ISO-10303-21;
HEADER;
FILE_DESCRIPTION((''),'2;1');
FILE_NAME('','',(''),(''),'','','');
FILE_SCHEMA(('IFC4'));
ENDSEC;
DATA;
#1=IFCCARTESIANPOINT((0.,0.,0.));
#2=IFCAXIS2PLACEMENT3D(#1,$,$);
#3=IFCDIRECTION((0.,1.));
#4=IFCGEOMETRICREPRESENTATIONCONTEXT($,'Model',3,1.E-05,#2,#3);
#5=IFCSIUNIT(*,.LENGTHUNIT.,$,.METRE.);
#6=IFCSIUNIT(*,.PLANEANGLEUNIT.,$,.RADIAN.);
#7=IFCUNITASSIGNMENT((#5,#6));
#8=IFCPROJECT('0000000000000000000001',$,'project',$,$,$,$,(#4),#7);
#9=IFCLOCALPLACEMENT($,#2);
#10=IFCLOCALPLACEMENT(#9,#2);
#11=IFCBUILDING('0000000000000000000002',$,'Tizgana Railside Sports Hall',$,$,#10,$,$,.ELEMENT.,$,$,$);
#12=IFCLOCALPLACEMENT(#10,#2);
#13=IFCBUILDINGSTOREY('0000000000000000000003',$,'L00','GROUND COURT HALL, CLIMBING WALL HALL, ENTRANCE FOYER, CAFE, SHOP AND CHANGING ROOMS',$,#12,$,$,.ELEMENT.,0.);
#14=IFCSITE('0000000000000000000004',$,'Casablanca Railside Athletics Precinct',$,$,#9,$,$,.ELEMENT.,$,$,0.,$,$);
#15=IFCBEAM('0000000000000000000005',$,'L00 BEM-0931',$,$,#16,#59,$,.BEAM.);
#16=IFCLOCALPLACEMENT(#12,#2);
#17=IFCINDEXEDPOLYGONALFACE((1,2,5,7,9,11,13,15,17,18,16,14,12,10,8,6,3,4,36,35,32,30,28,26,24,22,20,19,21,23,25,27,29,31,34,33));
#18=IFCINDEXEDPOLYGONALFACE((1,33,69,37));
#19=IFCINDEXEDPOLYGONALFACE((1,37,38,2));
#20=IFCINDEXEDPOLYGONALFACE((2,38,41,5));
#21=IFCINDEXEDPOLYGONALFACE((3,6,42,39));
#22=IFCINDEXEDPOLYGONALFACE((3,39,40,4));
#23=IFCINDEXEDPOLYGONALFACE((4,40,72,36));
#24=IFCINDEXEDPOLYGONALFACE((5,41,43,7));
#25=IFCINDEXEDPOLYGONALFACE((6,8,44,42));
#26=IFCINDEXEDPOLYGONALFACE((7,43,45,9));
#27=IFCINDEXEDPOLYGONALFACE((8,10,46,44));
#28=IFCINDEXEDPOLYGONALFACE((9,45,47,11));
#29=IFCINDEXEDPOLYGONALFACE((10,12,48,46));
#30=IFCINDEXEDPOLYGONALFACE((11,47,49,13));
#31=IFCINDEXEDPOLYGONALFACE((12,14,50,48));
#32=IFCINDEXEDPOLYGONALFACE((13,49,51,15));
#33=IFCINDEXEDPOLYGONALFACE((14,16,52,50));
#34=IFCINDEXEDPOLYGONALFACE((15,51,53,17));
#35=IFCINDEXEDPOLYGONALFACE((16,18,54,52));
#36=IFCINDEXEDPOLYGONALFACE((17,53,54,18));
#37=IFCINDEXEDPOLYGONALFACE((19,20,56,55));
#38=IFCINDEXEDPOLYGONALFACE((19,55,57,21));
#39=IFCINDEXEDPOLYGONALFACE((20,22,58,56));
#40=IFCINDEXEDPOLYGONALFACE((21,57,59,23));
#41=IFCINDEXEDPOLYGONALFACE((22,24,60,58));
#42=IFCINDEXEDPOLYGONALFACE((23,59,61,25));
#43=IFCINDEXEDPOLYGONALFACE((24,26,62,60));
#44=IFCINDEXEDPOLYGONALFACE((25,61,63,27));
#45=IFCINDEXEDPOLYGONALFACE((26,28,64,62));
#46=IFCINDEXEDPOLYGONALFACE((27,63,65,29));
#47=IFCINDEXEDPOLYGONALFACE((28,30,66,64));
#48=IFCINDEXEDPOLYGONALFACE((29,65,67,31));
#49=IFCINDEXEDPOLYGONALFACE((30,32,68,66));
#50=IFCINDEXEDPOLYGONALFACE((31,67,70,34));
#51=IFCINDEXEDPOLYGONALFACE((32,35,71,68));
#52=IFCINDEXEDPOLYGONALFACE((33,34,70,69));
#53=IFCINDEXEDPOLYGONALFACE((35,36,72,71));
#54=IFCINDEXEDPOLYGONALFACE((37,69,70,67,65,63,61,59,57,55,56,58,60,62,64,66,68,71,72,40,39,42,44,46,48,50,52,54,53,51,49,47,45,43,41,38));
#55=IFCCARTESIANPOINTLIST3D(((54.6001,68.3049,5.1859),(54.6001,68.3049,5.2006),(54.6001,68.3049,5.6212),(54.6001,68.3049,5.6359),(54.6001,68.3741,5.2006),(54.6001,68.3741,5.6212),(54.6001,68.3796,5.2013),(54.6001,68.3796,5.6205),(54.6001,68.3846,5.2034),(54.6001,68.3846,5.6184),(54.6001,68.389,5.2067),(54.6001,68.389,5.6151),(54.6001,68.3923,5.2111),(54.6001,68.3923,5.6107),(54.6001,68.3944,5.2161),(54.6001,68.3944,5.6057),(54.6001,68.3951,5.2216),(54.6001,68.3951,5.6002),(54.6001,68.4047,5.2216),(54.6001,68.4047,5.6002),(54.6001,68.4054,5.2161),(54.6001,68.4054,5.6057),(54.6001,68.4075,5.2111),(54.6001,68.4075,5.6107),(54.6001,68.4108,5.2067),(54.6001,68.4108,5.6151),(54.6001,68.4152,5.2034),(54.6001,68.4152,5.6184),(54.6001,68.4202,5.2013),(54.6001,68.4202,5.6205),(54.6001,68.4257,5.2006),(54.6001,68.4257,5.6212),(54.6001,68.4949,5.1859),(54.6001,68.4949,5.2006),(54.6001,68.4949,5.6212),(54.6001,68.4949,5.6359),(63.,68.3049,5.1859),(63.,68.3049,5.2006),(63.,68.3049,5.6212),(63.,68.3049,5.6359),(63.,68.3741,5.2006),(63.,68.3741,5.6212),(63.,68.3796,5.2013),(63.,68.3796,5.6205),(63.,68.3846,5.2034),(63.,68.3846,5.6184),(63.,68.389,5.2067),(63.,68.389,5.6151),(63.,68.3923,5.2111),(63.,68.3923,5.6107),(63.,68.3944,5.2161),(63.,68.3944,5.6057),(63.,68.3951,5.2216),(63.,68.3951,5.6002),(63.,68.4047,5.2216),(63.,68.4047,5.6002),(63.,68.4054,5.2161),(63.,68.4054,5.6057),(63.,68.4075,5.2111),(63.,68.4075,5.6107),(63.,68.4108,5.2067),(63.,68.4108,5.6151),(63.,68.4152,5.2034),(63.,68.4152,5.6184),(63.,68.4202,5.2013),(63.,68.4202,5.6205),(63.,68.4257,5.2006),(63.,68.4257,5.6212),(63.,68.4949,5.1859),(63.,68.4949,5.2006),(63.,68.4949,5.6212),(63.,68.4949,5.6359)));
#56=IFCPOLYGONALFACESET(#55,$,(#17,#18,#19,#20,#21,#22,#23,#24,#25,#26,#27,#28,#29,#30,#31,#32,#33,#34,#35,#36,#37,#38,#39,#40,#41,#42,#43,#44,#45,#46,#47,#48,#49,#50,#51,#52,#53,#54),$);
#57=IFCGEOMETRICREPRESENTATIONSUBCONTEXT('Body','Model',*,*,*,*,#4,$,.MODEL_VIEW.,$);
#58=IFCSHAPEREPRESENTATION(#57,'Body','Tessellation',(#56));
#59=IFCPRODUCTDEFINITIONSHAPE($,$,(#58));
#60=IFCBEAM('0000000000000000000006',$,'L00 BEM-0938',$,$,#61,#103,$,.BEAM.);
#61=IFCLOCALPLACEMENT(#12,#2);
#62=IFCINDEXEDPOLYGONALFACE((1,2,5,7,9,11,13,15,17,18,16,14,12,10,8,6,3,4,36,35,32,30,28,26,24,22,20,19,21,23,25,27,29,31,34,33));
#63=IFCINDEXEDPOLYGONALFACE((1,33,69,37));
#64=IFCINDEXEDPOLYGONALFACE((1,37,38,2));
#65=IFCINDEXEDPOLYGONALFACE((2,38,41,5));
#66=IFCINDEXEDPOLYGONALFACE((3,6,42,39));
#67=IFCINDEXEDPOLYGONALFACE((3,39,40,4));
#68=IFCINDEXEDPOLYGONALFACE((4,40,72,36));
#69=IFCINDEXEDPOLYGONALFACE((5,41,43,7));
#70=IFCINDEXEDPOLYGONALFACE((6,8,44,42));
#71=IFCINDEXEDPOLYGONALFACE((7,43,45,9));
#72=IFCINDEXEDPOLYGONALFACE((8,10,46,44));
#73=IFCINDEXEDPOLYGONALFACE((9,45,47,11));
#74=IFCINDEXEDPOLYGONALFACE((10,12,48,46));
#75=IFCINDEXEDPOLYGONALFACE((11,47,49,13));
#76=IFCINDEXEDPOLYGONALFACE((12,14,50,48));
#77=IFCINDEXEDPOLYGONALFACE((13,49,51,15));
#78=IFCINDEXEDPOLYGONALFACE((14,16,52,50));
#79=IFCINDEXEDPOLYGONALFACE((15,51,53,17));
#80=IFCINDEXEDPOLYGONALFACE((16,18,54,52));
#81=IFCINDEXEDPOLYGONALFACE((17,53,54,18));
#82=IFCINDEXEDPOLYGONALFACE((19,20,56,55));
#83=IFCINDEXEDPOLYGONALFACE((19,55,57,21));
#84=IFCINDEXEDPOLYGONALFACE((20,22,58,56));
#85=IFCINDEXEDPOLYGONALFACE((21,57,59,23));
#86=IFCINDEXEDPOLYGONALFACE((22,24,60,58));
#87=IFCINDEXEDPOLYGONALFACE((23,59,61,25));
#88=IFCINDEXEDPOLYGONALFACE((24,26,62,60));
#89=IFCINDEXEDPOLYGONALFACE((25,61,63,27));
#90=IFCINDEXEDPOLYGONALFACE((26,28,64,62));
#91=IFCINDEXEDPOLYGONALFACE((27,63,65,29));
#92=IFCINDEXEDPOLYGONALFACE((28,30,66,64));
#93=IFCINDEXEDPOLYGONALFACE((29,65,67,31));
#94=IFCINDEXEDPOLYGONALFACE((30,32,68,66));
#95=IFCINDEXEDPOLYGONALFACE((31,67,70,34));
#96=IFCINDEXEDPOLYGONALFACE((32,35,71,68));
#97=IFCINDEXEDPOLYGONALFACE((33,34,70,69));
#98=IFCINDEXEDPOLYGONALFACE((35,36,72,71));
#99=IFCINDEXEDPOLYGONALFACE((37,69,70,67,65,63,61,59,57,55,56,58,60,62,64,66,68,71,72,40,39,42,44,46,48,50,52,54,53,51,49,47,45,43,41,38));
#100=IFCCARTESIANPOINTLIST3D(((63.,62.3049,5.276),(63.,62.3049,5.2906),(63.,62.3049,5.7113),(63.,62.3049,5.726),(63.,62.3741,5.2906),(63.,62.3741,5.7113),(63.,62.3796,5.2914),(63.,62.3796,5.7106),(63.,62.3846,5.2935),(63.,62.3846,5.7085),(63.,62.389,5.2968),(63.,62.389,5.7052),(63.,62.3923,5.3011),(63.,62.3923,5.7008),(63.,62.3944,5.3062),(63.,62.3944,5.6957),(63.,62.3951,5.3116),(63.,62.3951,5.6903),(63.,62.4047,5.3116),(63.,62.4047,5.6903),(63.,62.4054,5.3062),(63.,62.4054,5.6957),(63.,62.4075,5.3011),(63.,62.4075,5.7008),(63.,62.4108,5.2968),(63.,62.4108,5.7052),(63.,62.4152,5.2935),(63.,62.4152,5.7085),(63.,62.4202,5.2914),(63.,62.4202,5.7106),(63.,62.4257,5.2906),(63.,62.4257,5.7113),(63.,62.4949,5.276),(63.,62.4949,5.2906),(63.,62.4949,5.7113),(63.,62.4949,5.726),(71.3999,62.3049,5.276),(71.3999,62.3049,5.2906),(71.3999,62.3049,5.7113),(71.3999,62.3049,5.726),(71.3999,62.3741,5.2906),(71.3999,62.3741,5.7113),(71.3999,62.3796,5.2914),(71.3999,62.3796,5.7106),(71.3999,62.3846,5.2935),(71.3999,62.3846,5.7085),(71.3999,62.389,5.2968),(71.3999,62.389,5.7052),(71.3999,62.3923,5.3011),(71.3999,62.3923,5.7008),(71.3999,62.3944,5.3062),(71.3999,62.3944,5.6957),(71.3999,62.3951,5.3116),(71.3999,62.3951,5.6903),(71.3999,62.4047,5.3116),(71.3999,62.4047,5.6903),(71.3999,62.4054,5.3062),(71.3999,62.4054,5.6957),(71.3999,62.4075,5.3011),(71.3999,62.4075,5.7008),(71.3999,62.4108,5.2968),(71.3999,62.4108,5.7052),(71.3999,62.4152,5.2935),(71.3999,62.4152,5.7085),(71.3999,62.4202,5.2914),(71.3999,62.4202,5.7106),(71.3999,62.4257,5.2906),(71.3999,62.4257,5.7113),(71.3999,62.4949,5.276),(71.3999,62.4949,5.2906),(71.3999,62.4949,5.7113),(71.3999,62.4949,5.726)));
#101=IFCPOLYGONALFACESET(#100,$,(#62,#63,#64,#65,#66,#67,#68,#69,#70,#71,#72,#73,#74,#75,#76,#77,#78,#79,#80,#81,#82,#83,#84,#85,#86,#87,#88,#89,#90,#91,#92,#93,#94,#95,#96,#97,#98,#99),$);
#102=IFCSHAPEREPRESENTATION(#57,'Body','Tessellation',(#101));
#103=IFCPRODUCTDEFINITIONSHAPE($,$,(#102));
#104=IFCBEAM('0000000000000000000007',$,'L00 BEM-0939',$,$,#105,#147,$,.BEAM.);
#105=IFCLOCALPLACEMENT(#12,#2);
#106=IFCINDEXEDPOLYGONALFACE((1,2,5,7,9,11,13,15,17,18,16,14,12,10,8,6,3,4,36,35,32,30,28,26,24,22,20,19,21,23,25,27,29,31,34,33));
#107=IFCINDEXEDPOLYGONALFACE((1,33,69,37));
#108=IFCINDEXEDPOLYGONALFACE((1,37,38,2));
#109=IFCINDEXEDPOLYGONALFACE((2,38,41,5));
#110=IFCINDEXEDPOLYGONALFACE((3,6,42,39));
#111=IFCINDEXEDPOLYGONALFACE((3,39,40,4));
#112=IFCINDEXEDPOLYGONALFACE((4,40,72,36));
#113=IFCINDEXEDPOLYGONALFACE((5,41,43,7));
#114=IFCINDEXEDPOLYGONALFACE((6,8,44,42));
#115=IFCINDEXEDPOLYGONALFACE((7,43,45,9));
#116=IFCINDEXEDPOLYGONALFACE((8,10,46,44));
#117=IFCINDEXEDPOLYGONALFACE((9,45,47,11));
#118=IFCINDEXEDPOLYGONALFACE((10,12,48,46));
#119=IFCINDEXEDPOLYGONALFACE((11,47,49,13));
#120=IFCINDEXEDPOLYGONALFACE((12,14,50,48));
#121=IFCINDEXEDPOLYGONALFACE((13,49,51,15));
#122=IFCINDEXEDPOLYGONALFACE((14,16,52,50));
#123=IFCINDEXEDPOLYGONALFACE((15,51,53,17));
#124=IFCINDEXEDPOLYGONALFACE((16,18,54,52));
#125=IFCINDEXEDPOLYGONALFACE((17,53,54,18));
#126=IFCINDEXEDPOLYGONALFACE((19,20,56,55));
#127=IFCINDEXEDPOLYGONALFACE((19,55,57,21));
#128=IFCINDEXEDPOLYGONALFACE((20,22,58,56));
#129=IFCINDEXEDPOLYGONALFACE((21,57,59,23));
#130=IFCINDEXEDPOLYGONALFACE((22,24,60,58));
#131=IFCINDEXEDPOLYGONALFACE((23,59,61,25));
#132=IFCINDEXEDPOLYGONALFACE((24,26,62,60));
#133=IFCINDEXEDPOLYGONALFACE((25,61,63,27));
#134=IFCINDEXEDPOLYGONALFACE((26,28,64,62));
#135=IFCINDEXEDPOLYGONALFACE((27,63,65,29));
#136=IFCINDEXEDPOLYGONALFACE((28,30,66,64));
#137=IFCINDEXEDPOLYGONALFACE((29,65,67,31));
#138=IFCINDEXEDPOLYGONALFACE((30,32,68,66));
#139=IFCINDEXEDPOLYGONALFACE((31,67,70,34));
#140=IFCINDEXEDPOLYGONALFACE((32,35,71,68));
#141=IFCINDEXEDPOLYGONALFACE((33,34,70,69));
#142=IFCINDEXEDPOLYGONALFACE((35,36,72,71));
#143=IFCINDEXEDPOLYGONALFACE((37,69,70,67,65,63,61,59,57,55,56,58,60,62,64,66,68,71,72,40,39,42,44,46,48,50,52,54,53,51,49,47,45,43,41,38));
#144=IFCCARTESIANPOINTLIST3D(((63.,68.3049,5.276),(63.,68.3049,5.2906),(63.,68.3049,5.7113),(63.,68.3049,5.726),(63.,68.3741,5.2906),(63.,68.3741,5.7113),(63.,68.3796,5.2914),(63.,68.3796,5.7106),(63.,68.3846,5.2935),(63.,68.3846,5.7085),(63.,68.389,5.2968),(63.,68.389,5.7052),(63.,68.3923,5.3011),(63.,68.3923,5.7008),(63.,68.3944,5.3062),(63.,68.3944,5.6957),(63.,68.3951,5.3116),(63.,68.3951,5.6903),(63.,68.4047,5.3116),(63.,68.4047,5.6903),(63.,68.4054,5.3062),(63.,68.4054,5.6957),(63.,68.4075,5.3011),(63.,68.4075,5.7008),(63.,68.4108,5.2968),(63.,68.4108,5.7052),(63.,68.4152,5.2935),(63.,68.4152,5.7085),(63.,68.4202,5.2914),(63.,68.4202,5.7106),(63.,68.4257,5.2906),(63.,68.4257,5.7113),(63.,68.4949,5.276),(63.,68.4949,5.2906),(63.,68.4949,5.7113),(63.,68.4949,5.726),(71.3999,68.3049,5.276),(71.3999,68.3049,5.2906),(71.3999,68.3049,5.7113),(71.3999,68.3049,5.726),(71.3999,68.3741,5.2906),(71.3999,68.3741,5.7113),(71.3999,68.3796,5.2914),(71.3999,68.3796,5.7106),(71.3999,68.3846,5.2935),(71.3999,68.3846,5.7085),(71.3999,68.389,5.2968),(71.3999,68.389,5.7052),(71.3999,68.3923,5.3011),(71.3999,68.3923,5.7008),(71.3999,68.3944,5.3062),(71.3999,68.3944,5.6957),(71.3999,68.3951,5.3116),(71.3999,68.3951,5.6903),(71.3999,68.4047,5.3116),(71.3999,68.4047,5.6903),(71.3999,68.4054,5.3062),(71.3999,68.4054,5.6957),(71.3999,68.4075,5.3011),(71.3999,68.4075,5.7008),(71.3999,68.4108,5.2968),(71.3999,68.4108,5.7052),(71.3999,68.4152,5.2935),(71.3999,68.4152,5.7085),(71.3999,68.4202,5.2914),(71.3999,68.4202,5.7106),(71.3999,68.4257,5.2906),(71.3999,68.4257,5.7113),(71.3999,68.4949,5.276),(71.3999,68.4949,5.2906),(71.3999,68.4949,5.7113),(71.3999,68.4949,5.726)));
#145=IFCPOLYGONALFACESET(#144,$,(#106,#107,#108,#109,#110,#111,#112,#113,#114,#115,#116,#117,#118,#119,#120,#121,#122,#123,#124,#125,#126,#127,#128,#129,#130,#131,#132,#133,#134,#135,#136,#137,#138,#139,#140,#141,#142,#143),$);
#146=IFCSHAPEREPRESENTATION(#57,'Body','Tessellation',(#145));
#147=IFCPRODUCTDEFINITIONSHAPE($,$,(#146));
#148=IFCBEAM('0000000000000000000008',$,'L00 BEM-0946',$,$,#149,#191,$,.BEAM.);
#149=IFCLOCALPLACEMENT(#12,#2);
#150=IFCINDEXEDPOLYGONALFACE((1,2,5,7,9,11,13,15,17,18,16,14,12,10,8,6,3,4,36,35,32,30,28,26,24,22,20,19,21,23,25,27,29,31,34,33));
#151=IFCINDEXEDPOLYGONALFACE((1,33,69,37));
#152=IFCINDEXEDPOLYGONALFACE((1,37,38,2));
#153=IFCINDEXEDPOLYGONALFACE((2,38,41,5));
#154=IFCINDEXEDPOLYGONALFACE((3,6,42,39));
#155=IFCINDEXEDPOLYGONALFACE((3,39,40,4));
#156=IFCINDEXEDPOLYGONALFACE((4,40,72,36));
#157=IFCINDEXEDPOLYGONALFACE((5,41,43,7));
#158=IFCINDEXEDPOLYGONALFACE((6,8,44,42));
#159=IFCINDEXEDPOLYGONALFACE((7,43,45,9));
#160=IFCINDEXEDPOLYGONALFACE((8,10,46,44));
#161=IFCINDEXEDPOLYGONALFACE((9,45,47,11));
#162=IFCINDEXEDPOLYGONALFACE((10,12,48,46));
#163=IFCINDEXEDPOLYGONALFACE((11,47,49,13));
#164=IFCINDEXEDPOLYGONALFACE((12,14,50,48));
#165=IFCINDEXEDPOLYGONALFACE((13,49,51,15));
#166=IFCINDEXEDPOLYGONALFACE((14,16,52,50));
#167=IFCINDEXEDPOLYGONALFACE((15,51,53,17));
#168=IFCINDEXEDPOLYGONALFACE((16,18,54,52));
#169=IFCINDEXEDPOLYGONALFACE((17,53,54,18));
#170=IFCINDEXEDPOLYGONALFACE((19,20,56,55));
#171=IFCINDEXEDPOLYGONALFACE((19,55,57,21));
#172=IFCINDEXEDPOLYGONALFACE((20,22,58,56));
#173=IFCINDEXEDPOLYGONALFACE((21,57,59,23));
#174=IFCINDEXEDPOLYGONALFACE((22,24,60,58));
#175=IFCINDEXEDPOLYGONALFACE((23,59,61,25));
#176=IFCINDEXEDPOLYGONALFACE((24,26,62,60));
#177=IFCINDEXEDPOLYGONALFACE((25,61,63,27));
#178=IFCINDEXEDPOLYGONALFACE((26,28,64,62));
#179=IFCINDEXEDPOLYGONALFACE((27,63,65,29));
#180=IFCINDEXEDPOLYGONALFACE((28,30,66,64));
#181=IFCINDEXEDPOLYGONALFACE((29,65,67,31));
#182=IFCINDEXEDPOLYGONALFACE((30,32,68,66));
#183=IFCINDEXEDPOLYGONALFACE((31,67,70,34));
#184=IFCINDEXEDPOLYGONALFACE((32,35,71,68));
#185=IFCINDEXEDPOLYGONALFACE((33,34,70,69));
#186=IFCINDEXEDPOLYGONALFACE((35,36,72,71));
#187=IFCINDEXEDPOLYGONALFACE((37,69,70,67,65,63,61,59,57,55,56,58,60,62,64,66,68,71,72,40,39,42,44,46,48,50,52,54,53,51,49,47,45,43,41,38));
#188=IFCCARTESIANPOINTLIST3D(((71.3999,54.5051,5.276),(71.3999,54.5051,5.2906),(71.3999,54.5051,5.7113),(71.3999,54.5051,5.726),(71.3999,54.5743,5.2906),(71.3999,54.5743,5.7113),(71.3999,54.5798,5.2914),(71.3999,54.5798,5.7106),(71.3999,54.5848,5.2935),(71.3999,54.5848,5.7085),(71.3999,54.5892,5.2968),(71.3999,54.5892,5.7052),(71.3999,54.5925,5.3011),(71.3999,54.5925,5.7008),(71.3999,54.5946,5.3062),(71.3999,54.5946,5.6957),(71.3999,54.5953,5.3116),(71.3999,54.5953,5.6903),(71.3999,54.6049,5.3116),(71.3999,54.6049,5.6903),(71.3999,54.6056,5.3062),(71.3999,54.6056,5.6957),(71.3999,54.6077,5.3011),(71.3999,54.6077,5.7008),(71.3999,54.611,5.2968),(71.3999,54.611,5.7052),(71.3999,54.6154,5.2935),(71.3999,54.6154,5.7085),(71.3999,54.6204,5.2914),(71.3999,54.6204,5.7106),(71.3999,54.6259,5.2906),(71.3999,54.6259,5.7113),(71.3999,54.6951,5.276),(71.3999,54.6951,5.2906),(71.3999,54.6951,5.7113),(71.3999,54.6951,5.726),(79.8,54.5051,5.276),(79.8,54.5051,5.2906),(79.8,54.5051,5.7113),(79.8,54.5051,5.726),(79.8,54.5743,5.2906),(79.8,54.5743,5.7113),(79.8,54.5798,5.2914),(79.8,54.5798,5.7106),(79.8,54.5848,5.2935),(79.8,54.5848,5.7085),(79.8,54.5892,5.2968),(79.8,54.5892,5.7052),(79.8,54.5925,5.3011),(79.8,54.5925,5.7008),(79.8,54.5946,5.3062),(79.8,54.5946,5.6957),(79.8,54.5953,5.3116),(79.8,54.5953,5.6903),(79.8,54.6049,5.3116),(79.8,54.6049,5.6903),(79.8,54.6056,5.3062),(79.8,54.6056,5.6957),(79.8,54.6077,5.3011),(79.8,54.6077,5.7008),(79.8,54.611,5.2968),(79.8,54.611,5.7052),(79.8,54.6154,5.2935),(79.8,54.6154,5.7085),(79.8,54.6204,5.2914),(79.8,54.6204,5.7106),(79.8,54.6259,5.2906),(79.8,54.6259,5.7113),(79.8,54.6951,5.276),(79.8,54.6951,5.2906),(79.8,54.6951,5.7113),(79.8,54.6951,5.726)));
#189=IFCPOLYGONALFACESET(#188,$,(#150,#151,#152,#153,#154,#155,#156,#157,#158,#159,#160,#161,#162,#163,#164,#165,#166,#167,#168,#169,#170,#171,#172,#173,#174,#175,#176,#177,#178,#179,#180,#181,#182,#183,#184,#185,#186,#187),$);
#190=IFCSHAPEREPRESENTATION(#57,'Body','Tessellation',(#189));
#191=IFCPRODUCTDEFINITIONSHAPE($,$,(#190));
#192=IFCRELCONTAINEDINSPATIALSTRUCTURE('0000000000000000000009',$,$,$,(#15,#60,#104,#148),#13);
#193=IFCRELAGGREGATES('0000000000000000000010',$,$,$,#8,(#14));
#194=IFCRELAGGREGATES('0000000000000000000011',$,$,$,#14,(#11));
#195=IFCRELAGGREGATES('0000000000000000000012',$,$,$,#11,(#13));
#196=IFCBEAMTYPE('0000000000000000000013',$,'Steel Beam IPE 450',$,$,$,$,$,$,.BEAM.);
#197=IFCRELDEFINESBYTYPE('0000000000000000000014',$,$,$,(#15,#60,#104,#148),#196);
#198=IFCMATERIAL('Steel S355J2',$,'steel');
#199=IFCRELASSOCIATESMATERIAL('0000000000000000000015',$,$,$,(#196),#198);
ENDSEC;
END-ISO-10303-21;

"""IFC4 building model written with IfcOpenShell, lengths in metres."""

from ifc_helpers import new_model, si_unit, direction, frame, origin, origin_2d, place, context, subcontext, project, spatial, i_section, extrude, material, material_profile, profile_set, type_object, element, save


model = new_model("IFC4")

# Units and contexts
model_context = context("Model", 3, precision=1e-05, world=origin(), true_north=direction((0.0, 1.0)))
body_context = subcontext(model_context, "Body", "Model", "MODEL_VIEW")
ifc_project = project(units=[si_unit("LENGTHUNIT", "METRE"), si_unit("PLANEANGLEUNIT", "RADIAN")], contexts=[model_context])

# Site, building, storey
site_placement = place(None, origin())
site = spatial("IfcSite", under=ifc_project, at=site_placement, Name="Casablanca Railside Athletics Precinct", CompositionType="ELEMENT", RefElevation=0.0)
building_placement = place(site_placement, origin())
building = spatial("IfcBuilding", under=site, at=building_placement, Name="Tizgana Railside Sports Hall", CompositionType="ELEMENT")
storey_placement = place(building_placement, origin())
storey = spatial("IfcBuildingStorey", under=building, at=storey_placement, Name="L00", Description="GROUND COURT HALL, CLIMBING WALL HALL, ENTRANCE FOYER, CAFE, SHOP AND CHANGING ROOMS", CompositionType="ELEMENT", Elevation=0.0)

# Shared definitions
ifc_material_1 = material(Name="Steel S355J2", Category="steel")

# Beams
ifc_material_profile_1 = material_profile(ifc_material_1, i_section(OverallWidth=0.1899, OverallDepth=0.45, WebThickness=0.0095, FlangeThickness=0.0146, FilletRadius=0.021, at=origin_2d()), Name="IPE 450")
ifc_profile_set_1 = profile_set([ifc_material_profile_1], Name="Steel S355J2")
beam_type_1 = type_object("IfcBeamType", Name="Steel Beam IPE 450", PredefinedType="BEAM", material=ifc_profile_set_1)
for number, where, z_axis, x_axis, name in (
    (1, (54.6001, 68.3999, 5.4109), (1.0, 0.0, 0.0), (0.0, 1.0, 0.0), "L00 BEM-0931"),
    (2, (63.0, 62.3999, 5.501), (1.0, 0.0, 0.0), (0.0, 1.0, 0.0), "L00 BEM-0938"),
    (3, (63.0, 68.3999, 5.501), (1.0, 0.0, 0.0), (0.0, 1.0, 0.0), "L00 BEM-0939"),
):
    element("IfcBeam", number, at=place(storey_placement, frame(where, z_axis=z_axis, x_axis=x_axis)), inside=storey, type_object=beam_type_1, Name=name, PredefinedType="BEAM", context=body_context, shape_type="SweptSolid", body=[
        extrude(i_section(OverallWidth=0.1899, OverallDepth=0.45, WebThickness=0.0095, FlangeThickness=0.0146, FilletRadius=0.021, at=origin_2d()), origin(), (0.0, 0.0, 1.0), 8.3999),
    ])
for number, where, z_axis, x_axis, name in (
    (4, (71.3999, 54.6001, 5.501), (1.0, 0.0, 0.0), (0.0, 1.0, 0.0), "L00 BEM-0946"),
):
    element("IfcBeam", number, at=place(storey_placement, frame(where, z_axis=z_axis, x_axis=x_axis)), inside=storey, type_object=beam_type_1, Name=name, PredefinedType="BEAM", context=body_context, shape_type="SweptSolid", body=[
        extrude(i_section(OverallWidth=0.1899, OverallDepth=0.45, WebThickness=0.0095, FlangeThickness=0.0146, FilletRadius=0.021, at=origin_2d()), origin(), (0.0, 0.0, 1.0), 8.4001),
    ])

save(model, "model.ifc")
